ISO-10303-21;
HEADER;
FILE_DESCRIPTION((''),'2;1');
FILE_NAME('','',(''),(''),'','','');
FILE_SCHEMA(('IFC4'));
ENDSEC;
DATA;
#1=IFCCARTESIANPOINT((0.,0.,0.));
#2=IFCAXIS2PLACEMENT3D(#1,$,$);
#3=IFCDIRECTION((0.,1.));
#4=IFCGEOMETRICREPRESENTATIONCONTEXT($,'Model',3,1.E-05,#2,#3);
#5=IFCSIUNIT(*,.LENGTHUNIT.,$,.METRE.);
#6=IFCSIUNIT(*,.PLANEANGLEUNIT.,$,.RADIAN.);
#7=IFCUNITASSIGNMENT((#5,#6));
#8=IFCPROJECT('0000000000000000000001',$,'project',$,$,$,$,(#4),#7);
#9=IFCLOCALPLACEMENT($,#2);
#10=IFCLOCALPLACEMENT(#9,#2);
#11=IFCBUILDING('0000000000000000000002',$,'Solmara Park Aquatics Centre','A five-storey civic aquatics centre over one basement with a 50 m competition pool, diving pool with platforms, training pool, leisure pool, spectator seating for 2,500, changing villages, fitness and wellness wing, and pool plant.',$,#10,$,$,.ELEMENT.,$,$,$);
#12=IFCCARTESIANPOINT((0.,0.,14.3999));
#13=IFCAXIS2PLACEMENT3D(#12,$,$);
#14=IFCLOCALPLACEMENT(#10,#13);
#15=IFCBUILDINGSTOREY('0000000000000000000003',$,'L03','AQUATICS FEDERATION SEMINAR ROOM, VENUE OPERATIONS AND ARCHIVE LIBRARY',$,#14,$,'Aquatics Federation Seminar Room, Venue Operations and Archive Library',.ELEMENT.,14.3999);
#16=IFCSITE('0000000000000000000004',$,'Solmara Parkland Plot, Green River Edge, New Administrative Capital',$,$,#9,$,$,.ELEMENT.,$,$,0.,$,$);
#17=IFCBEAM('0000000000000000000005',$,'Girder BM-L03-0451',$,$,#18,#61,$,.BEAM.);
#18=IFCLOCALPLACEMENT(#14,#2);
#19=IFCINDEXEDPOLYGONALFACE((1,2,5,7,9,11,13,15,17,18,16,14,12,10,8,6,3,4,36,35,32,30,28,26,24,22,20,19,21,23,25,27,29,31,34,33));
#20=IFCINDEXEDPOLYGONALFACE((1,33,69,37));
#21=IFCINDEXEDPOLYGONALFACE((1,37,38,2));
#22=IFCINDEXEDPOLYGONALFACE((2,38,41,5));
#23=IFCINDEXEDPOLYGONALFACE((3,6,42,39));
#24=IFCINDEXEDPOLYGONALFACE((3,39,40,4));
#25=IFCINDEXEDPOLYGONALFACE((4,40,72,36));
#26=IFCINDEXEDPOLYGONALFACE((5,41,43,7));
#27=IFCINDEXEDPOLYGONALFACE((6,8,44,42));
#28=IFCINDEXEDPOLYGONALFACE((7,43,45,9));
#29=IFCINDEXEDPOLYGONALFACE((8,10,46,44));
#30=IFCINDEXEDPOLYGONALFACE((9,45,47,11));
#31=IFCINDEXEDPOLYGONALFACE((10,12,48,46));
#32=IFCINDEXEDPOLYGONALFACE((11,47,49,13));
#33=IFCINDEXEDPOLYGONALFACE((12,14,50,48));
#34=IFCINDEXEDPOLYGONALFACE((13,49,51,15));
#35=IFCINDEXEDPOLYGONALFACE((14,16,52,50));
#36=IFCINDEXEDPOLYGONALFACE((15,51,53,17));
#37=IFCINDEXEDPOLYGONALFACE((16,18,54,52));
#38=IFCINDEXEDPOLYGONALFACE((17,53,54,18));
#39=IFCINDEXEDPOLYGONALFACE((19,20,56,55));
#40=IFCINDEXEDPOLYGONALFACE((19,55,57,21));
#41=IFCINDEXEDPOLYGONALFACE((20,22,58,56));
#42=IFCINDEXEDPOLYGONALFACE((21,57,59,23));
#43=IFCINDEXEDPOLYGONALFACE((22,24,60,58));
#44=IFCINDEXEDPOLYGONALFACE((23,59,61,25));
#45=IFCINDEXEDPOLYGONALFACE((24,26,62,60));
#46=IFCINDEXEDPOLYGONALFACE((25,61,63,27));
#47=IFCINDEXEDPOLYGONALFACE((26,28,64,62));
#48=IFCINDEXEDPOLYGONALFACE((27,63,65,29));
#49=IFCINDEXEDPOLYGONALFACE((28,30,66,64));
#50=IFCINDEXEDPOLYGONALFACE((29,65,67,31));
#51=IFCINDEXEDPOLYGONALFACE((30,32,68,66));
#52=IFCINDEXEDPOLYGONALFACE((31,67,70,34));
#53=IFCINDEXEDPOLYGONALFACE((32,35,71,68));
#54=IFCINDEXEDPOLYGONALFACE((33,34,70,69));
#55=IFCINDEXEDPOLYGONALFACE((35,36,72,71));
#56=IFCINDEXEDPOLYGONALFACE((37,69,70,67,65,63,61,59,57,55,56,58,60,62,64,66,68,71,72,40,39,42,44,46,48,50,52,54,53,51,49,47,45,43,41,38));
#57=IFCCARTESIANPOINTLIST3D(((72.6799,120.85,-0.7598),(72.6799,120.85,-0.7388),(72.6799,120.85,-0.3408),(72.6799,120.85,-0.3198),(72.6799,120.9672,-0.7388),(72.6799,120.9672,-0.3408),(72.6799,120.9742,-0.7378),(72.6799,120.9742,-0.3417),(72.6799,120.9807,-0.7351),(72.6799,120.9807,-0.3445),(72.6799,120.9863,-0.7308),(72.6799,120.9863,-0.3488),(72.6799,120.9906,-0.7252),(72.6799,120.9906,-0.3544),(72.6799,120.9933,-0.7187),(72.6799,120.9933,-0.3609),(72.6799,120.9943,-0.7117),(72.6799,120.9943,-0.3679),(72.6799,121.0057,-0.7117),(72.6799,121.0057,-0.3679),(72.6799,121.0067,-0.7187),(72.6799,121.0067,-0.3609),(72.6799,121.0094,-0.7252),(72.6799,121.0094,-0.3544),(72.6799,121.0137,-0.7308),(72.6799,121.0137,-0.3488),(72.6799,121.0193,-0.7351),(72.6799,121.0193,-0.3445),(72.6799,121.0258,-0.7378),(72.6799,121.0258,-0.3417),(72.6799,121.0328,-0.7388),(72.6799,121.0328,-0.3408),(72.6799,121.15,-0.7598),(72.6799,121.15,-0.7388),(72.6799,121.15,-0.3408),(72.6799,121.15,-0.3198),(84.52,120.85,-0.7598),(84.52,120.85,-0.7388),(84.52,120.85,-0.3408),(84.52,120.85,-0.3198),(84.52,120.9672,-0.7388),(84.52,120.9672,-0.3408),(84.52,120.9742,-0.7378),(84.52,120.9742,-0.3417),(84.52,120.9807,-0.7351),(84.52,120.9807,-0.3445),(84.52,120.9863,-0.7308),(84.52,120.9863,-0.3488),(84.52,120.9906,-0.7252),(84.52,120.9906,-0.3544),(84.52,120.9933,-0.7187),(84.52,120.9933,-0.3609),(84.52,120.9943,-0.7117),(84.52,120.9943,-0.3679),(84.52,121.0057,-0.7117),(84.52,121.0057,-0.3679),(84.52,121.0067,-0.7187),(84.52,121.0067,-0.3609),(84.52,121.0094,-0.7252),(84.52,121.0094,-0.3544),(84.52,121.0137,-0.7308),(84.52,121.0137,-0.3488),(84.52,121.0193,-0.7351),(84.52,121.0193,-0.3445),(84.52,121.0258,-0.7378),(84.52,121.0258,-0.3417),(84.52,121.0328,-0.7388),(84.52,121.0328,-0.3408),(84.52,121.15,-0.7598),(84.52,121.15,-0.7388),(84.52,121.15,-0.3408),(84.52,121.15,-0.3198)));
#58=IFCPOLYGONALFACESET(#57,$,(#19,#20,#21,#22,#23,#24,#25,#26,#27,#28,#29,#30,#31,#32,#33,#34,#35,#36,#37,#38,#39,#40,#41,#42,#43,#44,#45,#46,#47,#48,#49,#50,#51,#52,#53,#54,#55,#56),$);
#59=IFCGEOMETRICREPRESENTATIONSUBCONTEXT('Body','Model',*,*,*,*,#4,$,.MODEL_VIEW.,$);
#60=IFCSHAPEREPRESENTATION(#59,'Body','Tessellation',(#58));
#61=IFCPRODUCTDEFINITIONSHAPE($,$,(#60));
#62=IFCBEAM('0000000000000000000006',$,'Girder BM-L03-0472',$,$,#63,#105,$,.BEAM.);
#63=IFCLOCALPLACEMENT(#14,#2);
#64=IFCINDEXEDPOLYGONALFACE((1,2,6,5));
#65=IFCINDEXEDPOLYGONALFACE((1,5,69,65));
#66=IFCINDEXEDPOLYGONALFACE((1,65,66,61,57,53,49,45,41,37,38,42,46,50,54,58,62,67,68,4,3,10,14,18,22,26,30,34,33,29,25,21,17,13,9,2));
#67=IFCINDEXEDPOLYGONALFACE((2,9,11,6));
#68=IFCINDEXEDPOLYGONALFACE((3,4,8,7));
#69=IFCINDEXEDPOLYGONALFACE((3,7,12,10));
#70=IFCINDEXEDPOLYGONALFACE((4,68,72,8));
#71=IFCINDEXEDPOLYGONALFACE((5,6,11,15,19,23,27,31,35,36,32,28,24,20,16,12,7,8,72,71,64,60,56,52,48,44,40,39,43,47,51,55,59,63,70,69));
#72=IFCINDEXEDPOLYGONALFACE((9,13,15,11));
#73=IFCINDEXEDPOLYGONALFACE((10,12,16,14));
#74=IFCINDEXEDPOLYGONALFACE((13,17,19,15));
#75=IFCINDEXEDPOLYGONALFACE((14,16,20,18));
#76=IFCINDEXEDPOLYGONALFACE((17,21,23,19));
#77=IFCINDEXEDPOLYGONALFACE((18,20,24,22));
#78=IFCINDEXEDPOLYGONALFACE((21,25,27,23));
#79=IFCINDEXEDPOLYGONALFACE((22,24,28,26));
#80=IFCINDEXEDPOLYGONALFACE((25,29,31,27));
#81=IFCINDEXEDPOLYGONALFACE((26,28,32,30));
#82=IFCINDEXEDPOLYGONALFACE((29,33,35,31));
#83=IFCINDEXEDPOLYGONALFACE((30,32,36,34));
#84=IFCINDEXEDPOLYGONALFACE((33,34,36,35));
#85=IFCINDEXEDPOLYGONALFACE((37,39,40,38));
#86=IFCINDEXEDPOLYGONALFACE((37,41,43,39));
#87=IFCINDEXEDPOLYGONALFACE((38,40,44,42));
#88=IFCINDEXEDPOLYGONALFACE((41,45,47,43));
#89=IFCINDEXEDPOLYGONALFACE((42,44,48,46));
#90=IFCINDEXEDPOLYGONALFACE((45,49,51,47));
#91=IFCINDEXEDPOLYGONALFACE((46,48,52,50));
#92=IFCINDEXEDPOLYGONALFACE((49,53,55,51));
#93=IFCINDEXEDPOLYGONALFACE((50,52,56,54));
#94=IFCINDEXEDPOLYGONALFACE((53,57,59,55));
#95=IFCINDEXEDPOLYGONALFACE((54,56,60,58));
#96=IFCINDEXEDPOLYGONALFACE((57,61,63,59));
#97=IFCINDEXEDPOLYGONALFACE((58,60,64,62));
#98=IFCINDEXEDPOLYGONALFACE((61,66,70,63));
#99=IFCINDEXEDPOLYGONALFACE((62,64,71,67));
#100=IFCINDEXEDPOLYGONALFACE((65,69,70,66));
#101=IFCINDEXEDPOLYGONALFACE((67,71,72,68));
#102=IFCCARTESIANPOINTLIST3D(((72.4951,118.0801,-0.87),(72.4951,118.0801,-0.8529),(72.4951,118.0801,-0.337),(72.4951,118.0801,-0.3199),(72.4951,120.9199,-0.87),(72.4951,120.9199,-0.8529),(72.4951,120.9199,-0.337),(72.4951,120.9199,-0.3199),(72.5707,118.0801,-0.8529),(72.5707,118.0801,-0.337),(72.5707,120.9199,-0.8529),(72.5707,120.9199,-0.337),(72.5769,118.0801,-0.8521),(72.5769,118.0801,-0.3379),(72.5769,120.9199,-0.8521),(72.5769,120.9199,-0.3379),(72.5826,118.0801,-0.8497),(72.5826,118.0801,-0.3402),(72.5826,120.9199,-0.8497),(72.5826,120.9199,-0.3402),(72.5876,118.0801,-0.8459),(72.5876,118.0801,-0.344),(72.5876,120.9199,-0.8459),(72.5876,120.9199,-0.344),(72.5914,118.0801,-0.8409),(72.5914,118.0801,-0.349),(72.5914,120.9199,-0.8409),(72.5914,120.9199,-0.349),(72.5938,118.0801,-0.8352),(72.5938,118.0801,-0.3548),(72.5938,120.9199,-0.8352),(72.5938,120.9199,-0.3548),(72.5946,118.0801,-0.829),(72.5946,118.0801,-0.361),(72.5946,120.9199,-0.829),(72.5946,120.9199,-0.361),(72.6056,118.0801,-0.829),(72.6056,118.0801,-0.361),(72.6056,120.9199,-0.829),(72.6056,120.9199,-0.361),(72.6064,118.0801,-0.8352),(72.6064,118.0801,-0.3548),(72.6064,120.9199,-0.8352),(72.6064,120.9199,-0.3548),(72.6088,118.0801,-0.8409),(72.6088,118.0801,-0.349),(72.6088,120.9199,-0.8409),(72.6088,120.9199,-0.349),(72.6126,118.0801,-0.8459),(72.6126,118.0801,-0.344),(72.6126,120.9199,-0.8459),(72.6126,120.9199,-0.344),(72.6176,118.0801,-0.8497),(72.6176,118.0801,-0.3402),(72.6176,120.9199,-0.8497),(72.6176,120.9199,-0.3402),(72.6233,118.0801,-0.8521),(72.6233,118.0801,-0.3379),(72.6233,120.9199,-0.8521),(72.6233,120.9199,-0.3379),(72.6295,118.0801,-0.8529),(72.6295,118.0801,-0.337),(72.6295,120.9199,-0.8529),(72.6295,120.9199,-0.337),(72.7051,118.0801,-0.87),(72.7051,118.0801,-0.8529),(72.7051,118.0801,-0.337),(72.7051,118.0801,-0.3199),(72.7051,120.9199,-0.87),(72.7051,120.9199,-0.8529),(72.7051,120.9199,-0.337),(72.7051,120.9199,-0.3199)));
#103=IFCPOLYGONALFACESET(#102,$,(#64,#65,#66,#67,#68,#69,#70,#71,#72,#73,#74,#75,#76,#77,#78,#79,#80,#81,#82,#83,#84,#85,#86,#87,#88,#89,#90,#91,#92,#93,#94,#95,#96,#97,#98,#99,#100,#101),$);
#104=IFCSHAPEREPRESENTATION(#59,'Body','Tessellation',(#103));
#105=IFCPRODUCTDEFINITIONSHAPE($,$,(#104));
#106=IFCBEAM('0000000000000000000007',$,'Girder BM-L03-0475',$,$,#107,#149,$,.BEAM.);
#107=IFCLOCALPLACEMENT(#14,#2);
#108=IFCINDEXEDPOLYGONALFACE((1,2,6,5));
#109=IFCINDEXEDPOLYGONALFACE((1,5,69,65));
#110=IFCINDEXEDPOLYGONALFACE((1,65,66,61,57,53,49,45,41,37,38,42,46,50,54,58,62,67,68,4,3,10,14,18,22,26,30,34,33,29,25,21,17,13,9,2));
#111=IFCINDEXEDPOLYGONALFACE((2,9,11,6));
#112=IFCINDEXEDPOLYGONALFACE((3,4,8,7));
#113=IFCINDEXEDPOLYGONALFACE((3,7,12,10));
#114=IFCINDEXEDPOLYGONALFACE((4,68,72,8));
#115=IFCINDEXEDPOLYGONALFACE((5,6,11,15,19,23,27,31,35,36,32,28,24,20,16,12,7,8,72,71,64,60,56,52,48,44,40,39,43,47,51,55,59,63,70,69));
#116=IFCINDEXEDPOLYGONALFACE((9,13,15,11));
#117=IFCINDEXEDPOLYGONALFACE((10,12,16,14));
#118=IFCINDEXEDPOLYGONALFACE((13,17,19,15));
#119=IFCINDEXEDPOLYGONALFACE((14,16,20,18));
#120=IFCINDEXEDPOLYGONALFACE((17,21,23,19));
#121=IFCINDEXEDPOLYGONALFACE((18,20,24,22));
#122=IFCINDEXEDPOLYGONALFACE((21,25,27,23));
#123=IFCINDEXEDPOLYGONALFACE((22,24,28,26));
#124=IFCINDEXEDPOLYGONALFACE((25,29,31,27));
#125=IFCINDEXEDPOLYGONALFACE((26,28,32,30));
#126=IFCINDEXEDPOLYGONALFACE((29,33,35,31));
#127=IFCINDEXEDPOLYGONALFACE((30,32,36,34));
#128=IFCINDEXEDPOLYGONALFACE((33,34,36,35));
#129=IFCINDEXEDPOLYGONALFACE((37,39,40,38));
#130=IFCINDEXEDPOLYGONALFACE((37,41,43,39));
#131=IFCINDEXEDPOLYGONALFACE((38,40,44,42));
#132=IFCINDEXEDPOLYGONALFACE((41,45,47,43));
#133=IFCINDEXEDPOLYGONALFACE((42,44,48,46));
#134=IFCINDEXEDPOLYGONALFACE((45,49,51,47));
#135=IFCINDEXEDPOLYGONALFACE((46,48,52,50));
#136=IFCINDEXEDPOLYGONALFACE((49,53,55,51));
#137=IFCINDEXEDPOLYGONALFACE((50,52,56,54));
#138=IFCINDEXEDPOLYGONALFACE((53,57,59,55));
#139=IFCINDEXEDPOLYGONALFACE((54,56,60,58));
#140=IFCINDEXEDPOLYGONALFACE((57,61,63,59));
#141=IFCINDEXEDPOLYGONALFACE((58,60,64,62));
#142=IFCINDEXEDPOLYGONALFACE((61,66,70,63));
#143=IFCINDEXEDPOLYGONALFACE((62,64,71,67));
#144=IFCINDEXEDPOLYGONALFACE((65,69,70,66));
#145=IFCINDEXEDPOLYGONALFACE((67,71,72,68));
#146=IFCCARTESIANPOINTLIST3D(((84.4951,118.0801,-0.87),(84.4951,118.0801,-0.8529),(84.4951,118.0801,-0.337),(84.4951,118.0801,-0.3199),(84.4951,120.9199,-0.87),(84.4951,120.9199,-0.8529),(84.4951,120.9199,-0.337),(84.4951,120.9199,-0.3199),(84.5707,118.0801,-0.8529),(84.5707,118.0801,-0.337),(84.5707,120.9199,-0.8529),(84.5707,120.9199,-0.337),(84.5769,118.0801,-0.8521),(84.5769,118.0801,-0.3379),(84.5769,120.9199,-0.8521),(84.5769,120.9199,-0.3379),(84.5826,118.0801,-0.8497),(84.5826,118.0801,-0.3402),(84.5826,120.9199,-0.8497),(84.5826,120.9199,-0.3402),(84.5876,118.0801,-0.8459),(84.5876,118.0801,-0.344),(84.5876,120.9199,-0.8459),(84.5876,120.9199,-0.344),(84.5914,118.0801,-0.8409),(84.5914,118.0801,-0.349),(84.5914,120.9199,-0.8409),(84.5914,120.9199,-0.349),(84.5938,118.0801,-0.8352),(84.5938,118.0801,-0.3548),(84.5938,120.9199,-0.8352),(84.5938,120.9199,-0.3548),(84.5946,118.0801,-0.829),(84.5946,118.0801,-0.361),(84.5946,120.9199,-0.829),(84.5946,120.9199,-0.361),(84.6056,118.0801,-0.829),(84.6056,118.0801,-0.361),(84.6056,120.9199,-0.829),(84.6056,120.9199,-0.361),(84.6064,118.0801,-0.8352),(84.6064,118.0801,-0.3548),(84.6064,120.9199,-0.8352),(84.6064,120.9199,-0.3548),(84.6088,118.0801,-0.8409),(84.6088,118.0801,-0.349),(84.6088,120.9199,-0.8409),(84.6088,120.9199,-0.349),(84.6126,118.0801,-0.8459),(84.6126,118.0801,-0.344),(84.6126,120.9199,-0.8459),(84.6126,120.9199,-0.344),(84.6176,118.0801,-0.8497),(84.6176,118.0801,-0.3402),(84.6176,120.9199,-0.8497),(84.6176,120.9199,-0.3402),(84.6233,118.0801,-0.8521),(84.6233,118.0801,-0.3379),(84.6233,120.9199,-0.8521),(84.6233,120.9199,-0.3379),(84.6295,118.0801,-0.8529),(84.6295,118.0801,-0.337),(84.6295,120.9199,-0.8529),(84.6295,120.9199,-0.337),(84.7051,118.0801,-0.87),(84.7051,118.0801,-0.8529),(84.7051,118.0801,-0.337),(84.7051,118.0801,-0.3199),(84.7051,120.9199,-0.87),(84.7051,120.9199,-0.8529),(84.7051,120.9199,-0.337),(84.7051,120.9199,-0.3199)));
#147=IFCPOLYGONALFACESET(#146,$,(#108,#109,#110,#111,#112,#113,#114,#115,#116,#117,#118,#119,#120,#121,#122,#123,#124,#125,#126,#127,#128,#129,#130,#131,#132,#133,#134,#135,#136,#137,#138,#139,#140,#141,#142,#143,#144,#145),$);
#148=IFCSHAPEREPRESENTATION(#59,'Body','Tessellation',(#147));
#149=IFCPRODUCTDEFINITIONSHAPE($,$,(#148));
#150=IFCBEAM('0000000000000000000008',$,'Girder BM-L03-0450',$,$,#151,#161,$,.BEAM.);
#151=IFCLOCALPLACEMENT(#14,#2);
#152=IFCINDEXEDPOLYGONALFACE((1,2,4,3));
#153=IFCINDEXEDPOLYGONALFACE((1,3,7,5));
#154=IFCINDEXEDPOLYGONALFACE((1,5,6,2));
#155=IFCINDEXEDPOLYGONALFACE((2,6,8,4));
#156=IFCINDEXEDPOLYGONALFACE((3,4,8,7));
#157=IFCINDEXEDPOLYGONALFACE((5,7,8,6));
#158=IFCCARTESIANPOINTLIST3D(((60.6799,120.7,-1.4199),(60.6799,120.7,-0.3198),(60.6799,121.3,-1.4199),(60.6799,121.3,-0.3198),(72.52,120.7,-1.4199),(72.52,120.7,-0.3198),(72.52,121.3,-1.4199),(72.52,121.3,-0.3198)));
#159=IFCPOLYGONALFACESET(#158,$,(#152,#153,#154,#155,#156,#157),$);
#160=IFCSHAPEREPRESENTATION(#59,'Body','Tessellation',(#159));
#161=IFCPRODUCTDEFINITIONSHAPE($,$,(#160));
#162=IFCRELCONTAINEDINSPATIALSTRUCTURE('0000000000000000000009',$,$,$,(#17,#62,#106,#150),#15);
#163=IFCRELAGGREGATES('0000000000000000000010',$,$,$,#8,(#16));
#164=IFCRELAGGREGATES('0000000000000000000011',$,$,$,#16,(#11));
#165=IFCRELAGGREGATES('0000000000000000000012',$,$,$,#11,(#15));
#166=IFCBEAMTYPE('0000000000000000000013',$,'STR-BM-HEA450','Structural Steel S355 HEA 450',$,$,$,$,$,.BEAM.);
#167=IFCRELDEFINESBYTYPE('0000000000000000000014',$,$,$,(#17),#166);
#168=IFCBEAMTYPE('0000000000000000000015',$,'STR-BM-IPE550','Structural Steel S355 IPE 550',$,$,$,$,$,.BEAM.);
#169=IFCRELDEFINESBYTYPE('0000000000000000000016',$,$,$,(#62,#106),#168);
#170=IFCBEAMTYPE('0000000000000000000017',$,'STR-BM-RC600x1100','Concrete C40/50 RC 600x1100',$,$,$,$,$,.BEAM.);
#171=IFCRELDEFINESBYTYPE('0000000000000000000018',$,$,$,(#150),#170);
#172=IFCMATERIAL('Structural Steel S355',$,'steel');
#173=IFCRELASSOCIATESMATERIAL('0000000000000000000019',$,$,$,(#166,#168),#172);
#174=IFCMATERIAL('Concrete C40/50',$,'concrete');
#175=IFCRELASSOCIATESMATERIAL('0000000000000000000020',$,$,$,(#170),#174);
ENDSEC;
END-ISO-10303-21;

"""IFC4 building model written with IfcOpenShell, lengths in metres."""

from ifc_helpers import new_model, si_unit, direction, frame, origin, origin_2d, place, context, subcontext, project, spatial, rectangle, i_section, extrude, material, material_profile, profile_set, type_object, element, save


model = new_model("IFC4")

# Units and contexts
model_context = context("Model", 3, precision=1e-05, world=origin(), true_north=direction((0.0, 1.0)))
body_context = subcontext(model_context, "Body", "Model", "MODEL_VIEW")
ifc_project = project(units=[si_unit("LENGTHUNIT", "METRE"), si_unit("PLANEANGLEUNIT", "RADIAN")], contexts=[model_context])

# Site, building, storey
site_placement = place(None, origin())
site = spatial("IfcSite", under=ifc_project, at=site_placement, Name="Solmara Parkland Plot, Green River Edge, New Administrative Capital", CompositionType="ELEMENT", RefElevation=0.0)
building_placement = place(site_placement, origin())
building = spatial("IfcBuilding", under=site, at=building_placement, Name="Solmara Park Aquatics Centre", Description="A five-storey civic aquatics centre over one basement with a 50 m competition pool, diving pool with platforms, training pool, leisure pool, spectator seating for 2,500, changing villages, fitness and wellness wing, and pool plant.", CompositionType="ELEMENT")
storey_placement = place(building_placement, frame((0.0, 0.0, 14.3999)))
storey = spatial("IfcBuildingStorey", under=building, at=storey_placement, Name="L03", Description="AQUATICS FEDERATION SEMINAR ROOM, VENUE OPERATIONS AND ARCHIVE LIBRARY", LongName="Aquatics Federation Seminar Room, Venue Operations and Archive Library", CompositionType="ELEMENT", Elevation=14.3999)

# Shared definitions
ifc_material_1 = material(Name="Concrete C40/50", Category="concrete")

# Beams
ifc_material_2 = material(Name="Structural Steel S355", Category="steel")
ifc_material_profile_1 = material_profile(ifc_material_2, i_section(OverallWidth=0.3, OverallDepth=0.4399, WebThickness=0.0115, FlangeThickness=0.021, FilletRadius=0.0271, at=origin_2d()), Name="HEA 450")
ifc_profile_set_1 = profile_set([ifc_material_profile_1], Name="Structural Steel S355")
beam_type_1 = type_object("IfcBeamType", Name="STR-BM-HEA450", Description="Structural Steel S355 HEA 450", PredefinedType="BEAM", material=ifc_profile_set_1)
for number, where, z_axis, x_axis, name in (
    (1, (72.6799, 121.0, -0.5398), (1.0, 0.0, 0.0), (0.0, 1.0, 0.0), "Girder BM-L03-0451"),
):
    element("IfcBeam", number, at=place(storey_placement, frame(where, z_axis=z_axis, x_axis=x_axis)), inside=storey, type_object=beam_type_1, Name=name, PredefinedType="BEAM", context=body_context, shape_type="SweptSolid", body=[
        extrude(i_section(OverallWidth=0.3, OverallDepth=0.4399, WebThickness=0.0115, FlangeThickness=0.021, FilletRadius=0.0271, at=origin_2d()), origin(), (0.0, 0.0, 1.0), 11.8401),
    ])
ifc_material_profile_2 = material_profile(ifc_material_2, i_section(OverallWidth=0.21, OverallDepth=0.55, WebThickness=0.011, FlangeThickness=0.0171, FilletRadius=0.0239, at=origin_2d()), Name="IPE 550")
ifc_profile_set_2 = profile_set([ifc_material_profile_2], Name="Structural Steel S355")
beam_type_2 = type_object("IfcBeamType", Name="STR-BM-IPE550", Description="Structural Steel S355 IPE 550", PredefinedType="BEAM", material=ifc_profile_set_2)
for number, where, z_axis, x_axis, name in (
    (2, (72.6001, 118.0801, -0.595), (0.0, 1.0, 0.0), (-1.0, 0.0, 0.0), "Girder BM-L03-0472"),
    (3, (84.6001, 118.0801, -0.595), (0.0, 1.0, 0.0), (-1.0, 0.0, 0.0), "Girder BM-L03-0475"),
):
    element("IfcBeam", number, at=place(storey_placement, frame(where, z_axis=z_axis, x_axis=x_axis)), inside=storey, type_object=beam_type_2, Name=name, PredefinedType="BEAM", context=body_context, shape_type="SweptSolid", body=[
        extrude(i_section(OverallWidth=0.21, OverallDepth=0.55, WebThickness=0.011, FlangeThickness=0.0171, FilletRadius=0.0239, at=origin_2d()), origin(), (0.0, 0.0, 1.0), 2.8398),
    ])
ifc_material_profile_3 = material_profile(ifc_material_1, rectangle(XDim=0.6001, YDim=1.1001, at=origin_2d()), Name="RC 600x1100")
ifc_profile_set_3 = profile_set([ifc_material_profile_3], Name="Concrete C40/50")
beam_type_3 = type_object("IfcBeamType", Name="STR-BM-RC600x1100", Description="Concrete C40/50 RC 600x1100", PredefinedType="BEAM", material=ifc_profile_set_3)
beam_1_placement = place(storey_placement, frame((60.6799, 121.0, -0.8699), z_axis=(1.0, 0.0, 0.0), x_axis=(0.0, 1.0, 0.0)))
element("IfcBeam", 4, at=beam_1_placement, inside=storey, type_object=beam_type_3, Name="Girder BM-L03-0450", PredefinedType="BEAM", context=body_context, shape_type="SweptSolid", body=[
    extrude(rectangle(XDim=0.6001, YDim=1.1001, at=origin_2d()), origin(), (0.0, 0.0, 1.0), 11.8401),
])

save(model, "model.ifc")
